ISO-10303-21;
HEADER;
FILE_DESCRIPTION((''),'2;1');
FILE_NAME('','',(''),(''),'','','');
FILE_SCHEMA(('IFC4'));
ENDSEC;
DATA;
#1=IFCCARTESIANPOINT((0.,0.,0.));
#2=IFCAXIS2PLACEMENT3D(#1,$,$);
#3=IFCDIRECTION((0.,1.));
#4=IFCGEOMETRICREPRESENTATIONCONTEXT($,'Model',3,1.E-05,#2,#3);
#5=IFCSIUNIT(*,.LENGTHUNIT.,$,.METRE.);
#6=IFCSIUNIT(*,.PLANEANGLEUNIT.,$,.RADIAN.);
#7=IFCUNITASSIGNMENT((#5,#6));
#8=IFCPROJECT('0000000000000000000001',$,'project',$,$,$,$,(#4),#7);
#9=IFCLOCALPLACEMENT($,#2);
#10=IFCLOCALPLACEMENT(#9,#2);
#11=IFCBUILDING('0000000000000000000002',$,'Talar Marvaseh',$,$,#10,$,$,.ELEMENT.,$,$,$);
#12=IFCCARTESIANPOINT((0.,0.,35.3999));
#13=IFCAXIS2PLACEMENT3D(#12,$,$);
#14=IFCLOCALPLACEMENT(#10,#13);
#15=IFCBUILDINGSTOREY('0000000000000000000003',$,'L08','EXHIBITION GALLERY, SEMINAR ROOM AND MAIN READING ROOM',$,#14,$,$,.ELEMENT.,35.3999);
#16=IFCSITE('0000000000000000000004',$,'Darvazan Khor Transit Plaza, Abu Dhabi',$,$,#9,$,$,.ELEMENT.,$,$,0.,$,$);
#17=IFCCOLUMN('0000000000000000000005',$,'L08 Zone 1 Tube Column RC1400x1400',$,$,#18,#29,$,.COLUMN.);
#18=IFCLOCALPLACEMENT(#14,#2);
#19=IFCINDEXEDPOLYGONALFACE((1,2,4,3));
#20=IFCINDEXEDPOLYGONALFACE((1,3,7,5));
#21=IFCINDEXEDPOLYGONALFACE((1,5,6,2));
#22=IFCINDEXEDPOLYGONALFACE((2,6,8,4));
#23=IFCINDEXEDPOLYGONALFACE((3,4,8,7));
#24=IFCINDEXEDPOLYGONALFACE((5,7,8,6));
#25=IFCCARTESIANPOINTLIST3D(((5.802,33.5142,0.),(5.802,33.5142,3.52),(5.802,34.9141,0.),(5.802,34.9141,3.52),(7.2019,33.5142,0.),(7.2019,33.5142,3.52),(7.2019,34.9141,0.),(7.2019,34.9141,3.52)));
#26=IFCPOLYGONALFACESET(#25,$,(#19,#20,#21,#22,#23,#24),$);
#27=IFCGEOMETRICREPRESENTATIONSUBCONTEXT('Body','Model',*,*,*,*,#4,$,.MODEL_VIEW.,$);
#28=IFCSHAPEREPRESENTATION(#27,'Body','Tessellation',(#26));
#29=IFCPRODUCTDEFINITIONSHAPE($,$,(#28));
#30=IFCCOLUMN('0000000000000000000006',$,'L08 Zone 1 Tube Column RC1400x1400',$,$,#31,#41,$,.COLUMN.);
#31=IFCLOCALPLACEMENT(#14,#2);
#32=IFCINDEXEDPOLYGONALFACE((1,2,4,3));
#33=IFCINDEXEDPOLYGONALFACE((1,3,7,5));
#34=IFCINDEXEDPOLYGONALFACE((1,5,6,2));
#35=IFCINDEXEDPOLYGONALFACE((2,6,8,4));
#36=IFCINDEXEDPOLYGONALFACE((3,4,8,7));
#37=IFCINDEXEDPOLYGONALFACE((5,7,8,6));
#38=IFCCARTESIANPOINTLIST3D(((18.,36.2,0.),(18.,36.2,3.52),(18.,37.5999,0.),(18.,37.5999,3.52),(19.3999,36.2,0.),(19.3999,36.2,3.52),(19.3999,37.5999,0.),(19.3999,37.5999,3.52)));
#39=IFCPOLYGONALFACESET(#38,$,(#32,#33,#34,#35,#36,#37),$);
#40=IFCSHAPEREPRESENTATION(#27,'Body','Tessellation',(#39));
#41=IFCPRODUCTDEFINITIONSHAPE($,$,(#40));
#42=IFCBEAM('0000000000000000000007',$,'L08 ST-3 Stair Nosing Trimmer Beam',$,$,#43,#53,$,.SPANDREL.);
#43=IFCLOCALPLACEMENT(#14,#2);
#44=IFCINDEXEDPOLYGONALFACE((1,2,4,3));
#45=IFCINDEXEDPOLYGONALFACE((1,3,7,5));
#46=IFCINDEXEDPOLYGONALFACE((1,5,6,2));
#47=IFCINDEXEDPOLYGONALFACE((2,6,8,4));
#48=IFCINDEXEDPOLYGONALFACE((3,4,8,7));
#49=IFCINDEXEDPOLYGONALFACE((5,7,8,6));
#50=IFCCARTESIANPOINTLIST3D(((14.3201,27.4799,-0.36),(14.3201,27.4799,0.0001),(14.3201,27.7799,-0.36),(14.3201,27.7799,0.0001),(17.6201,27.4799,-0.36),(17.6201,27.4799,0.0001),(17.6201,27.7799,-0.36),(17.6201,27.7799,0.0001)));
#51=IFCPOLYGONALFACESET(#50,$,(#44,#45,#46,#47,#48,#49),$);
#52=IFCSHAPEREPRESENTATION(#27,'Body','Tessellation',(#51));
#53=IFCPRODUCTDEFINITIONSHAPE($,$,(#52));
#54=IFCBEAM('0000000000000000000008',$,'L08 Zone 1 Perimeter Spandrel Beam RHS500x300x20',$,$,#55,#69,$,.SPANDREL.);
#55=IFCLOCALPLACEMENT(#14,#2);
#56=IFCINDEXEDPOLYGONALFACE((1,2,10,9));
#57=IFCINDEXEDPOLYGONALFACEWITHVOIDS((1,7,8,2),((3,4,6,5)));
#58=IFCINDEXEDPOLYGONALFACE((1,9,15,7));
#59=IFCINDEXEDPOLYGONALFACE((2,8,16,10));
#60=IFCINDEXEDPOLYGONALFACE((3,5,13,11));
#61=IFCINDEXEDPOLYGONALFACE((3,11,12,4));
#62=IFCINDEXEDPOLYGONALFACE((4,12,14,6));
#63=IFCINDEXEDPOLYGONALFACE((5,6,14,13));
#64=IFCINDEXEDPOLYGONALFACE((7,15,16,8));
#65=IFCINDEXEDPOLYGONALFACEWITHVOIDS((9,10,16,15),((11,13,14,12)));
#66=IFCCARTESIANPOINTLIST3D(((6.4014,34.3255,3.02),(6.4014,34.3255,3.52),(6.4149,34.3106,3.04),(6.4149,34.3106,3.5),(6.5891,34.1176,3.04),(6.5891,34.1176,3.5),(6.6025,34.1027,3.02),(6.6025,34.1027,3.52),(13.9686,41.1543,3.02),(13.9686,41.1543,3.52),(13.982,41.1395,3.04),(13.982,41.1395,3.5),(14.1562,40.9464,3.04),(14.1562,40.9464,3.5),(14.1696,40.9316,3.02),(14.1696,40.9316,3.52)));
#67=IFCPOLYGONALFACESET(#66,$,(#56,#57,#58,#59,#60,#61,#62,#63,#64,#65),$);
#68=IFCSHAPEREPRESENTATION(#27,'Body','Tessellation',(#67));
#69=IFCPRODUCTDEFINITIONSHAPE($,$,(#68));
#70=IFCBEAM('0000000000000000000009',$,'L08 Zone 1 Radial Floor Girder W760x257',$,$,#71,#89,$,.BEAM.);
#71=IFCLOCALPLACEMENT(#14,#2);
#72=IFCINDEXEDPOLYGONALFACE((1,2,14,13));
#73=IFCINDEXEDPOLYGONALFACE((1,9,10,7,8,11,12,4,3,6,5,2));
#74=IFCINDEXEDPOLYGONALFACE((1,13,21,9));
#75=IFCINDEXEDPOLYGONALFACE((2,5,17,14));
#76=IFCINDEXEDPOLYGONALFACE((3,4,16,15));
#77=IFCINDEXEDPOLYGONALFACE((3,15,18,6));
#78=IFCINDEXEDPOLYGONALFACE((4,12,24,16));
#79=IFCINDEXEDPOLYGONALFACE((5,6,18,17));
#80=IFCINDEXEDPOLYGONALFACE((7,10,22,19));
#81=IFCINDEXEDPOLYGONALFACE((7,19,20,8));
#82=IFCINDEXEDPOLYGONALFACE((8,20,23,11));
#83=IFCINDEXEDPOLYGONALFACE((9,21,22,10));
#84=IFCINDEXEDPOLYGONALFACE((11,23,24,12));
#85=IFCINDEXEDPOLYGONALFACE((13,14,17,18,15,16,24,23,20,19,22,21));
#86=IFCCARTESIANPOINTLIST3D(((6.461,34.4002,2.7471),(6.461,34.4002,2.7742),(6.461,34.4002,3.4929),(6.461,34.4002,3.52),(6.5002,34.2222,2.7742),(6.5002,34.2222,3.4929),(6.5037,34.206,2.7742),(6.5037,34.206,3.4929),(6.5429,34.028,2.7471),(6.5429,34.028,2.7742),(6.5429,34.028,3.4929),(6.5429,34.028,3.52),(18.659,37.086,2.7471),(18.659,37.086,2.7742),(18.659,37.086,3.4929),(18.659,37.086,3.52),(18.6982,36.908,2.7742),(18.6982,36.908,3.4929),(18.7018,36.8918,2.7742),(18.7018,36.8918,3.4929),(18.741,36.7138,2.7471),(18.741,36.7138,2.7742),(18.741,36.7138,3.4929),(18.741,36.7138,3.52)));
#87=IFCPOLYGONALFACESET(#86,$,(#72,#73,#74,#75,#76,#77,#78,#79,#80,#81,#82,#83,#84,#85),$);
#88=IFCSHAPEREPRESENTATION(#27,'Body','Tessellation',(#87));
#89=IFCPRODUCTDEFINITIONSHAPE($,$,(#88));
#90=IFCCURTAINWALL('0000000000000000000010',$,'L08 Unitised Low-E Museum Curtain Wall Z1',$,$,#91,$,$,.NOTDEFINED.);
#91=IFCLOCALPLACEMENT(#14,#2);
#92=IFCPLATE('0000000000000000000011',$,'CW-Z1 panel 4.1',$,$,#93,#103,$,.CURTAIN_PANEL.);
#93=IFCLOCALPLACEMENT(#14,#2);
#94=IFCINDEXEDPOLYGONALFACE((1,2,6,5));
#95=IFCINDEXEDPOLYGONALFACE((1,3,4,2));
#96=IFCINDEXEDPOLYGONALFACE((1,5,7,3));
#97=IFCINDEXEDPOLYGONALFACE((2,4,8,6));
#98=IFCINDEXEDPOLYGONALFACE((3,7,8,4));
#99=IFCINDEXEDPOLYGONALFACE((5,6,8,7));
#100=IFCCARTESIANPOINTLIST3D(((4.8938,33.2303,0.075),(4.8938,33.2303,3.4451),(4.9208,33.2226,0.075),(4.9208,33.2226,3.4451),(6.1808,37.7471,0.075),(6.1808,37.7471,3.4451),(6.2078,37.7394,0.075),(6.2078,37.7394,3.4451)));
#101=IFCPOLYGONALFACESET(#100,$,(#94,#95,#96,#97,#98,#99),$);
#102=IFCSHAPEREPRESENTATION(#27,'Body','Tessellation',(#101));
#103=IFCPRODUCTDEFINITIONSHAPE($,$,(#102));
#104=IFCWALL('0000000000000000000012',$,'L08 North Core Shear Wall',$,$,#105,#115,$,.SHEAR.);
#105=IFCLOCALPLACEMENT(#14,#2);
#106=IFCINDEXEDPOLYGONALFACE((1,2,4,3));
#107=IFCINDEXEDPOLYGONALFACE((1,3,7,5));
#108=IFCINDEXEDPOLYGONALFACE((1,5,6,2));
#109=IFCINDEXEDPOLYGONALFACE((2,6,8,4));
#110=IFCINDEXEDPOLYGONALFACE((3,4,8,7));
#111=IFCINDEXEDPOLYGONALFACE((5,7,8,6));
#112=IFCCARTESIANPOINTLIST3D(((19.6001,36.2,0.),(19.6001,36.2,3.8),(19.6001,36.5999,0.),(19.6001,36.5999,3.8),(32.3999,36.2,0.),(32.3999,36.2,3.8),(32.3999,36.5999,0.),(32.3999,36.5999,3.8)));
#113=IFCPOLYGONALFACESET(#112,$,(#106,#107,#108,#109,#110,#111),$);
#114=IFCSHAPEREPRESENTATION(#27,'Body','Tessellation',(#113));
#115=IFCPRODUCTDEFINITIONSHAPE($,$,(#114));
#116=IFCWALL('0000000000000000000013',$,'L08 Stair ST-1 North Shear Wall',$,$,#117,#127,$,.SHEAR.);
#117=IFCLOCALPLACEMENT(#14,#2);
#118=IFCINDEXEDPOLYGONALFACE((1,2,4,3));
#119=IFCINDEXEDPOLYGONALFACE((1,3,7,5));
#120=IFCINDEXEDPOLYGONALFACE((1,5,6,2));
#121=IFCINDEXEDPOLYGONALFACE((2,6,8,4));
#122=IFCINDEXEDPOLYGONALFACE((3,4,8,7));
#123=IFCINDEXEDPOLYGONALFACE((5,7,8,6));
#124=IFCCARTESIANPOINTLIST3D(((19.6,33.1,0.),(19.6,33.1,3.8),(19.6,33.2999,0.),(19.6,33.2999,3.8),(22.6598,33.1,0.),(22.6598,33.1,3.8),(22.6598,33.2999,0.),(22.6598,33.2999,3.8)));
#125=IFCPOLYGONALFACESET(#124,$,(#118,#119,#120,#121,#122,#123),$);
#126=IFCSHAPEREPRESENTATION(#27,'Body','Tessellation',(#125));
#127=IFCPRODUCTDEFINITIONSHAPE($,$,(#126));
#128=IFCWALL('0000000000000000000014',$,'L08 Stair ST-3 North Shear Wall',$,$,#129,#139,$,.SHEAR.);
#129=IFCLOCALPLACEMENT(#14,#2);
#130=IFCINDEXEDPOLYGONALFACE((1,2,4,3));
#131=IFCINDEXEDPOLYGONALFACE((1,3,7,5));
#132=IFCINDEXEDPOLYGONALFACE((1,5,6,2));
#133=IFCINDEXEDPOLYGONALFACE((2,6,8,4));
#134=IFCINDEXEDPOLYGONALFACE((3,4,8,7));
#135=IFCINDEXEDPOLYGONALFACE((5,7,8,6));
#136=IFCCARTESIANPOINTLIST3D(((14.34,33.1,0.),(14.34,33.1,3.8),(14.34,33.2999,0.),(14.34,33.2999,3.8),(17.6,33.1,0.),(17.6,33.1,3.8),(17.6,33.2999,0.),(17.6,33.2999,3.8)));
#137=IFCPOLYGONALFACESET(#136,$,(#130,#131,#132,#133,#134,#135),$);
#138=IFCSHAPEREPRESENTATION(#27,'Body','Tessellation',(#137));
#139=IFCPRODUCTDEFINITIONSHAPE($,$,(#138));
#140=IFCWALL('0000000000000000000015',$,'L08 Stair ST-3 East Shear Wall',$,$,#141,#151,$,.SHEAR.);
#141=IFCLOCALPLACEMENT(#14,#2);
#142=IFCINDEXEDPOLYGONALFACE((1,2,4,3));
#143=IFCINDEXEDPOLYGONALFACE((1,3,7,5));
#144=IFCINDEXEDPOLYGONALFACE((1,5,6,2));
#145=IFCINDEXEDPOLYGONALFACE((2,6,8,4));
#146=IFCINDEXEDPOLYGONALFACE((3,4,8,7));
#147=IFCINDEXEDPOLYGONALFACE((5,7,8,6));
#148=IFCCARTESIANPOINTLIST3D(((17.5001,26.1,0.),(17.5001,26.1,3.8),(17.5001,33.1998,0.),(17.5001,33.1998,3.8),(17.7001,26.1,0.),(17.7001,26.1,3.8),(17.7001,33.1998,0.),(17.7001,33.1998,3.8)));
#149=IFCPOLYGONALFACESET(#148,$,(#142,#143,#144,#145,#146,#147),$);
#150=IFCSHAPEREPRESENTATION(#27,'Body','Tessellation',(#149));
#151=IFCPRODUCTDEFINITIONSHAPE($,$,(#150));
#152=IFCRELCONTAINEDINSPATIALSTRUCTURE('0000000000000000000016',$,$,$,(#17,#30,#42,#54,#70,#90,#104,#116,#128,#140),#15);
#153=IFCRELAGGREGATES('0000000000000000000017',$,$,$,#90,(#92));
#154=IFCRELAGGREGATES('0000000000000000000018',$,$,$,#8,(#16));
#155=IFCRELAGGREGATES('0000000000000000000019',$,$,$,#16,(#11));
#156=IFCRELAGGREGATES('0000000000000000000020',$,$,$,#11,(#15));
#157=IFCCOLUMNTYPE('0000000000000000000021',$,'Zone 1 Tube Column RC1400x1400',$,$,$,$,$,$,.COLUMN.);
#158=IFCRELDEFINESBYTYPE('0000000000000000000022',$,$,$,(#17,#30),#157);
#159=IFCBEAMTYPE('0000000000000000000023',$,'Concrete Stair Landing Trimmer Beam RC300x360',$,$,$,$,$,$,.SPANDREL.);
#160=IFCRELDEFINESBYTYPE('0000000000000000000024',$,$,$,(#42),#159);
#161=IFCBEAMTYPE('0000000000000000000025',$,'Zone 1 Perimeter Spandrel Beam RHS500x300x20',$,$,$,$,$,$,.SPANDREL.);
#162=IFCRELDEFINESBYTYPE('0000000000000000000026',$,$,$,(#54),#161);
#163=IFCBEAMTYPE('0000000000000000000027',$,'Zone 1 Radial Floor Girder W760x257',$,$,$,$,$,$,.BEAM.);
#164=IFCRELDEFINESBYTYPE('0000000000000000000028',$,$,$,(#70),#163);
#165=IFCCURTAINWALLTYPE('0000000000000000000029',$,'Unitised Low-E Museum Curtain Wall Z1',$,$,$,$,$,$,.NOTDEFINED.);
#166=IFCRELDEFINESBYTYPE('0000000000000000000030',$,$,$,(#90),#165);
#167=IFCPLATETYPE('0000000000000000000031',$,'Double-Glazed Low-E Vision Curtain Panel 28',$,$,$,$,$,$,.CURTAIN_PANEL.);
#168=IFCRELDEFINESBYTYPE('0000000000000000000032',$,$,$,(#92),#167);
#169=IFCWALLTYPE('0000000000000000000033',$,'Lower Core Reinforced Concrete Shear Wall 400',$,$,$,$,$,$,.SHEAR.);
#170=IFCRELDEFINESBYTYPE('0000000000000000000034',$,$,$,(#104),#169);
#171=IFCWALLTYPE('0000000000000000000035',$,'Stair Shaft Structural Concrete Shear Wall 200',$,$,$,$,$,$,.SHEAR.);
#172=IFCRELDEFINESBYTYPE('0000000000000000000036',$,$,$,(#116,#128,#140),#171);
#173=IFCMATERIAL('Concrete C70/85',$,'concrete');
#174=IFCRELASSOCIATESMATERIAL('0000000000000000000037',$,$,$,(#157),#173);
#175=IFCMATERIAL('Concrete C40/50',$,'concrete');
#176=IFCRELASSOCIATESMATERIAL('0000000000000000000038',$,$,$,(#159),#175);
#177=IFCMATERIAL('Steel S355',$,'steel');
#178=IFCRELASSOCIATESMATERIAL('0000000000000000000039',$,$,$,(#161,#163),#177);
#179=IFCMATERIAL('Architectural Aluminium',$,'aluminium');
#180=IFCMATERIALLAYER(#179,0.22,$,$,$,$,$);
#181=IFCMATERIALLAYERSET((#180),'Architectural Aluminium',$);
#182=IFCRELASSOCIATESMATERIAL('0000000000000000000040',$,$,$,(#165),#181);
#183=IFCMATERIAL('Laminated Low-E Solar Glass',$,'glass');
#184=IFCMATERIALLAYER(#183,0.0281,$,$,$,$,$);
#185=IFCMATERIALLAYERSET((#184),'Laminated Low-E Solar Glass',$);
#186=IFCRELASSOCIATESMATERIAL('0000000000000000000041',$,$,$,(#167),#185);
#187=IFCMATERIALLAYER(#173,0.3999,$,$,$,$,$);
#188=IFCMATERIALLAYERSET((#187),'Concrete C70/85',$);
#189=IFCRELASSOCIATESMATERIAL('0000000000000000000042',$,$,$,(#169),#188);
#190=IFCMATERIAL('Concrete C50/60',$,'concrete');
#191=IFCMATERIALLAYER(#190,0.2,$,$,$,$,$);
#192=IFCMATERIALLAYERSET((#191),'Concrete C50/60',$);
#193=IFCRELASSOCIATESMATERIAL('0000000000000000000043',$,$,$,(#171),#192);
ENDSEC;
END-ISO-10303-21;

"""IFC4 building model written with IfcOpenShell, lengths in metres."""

from ifc_helpers import new_model, si_unit, direction, frame, frame_2d, origin, origin_2d, place, context, subcontext, project, spatial, rectangle, hollow_rectangle, i_section, extrude, source, transform, mapped, material, layer, layer_set, material_profile, profile_set, type_object, type_shapes, element, aggregate, save


model = new_model("IFC4")

# Units and contexts
model_context = context("Model", 3, precision=1e-05, world=origin(), true_north=direction((0.0, 1.0)))
body_context = subcontext(model_context, "Body", "Model", "MODEL_VIEW")
ifc_project = project(units=[si_unit("LENGTHUNIT", "METRE"), si_unit("PLANEANGLEUNIT", "RADIAN")], contexts=[model_context])

# Site, building, storey
site_placement = place(None, origin())
site = spatial("IfcSite", under=ifc_project, at=site_placement, Name="Darvazan Khor Transit Plaza, Abu Dhabi", CompositionType="ELEMENT", RefElevation=0.0)
building_placement = place(site_placement, origin())
building = spatial("IfcBuilding", under=site, at=building_placement, Name="Talar Marvaseh", CompositionType="ELEMENT")
storey_placement = place(building_placement, frame((0.0, 0.0, 35.3999)))
storey = spatial("IfcBuildingStorey", under=building, at=storey_placement, Name="L08", Description="EXHIBITION GALLERY, SEMINAR ROOM AND MAIN READING ROOM", CompositionType="ELEMENT", Elevation=35.3999)

# Columns
ifc_material_1 = material(Name="Concrete C70/85", Category="concrete")
ifc_material_profile_1 = material_profile(ifc_material_1, rectangle(XDim=1.3999, YDim=1.3999, at=origin_2d()), Name="RC1400x1400")
ifc_profile_set_1 = profile_set([ifc_material_profile_1], Name="Concrete C70/85")
column_type = type_object("IfcColumnType", Name="Zone 1 Tube Column RC1400x1400", PredefinedType="COLUMN", material=ifc_profile_set_1)
for number, where, z_axis, x_axis, name in (
    (1, (6.502, 34.2141, 0.0), (0.0, 0.0, 1.0), (1.0, 0.0, 0.0), "L08 Zone 1 Tube Column RC1400x1400"),
    (2, (18.7, 36.8999, 0.0), (0.0, 0.0, 1.0), (1.0, 0.0, 0.0), "L08 Zone 1 Tube Column RC1400x1400"),
):
    element("IfcColumn", number, at=place(storey_placement, frame(where, z_axis=z_axis, x_axis=x_axis)), inside=storey, type_object=column_type, Name=name, PredefinedType="COLUMN", context=body_context, shape_type="SweptSolid", body=[
        extrude(rectangle(XDim=1.3999, YDim=1.3999, at=origin_2d()), origin(), (0.0, 0.0, 1.0), 3.52),
    ])

# Beams
ifc_material_2 = material(Name="Concrete C40/50", Category="concrete")
ifc_material_profile_2 = material_profile(ifc_material_2, rectangle(XDim=0.3, YDim=0.3601, at=origin_2d()), Name="RC300x360")
ifc_profile_set_2 = profile_set([ifc_material_profile_2], Name="Concrete C40/50")
beam_type_1 = type_object("IfcBeamType", Name="Concrete Stair Landing Trimmer Beam RC300x360", PredefinedType="SPANDREL", material=ifc_profile_set_2)
beam_1_placement = place(storey_placement, frame((17.6201, 27.6299, -0.1799), z_axis=(-1.0, 0.0, 0.0), x_axis=(0.0, -1.0, 0.0)))
element("IfcBeam", 3, at=beam_1_placement, inside=storey, type_object=beam_type_1, Name="L08 ST-3 Stair Nosing Trimmer Beam", PredefinedType="SPANDREL", context=body_context, shape_type="SweptSolid", body=[
    extrude(rectangle(XDim=0.3, YDim=0.3601, at=origin_2d()), origin(), (0.0, 0.0, 1.0), 3.3),
])
ifc_material_3 = material(Name="Steel S355", Category="steel")
ifc_material_profile_3 = material_profile(ifc_material_3, hollow_rectangle(XDim=0.3, YDim=0.5, WallThickness=0.02, at=origin_2d()), Name="RHS500x300x20")
ifc_profile_set_3 = profile_set([ifc_material_profile_3], Name="Steel S355")
beam_type_2 = type_object("IfcBeamType", Name="Zone 1 Perimeter Spandrel Beam RHS500x300x20", PredefinedType="SPANDREL", material=ifc_profile_set_3)
beam_2_placement = place(storey_placement, frame((6.502, 34.2141, 3.27), z_axis=(0.742394, 0.669963, 0.0), x_axis=(-0.669963, 0.742394, 0.0)))
element("IfcBeam", 4, at=beam_2_placement, inside=storey, type_object=beam_type_2, Name="L08 Zone 1 Perimeter Spandrel Beam RHS500x300x20", PredefinedType="SPANDREL", context=body_context, shape_type="SweptSolid", body=[
    extrude(hollow_rectangle(XDim=0.3, YDim=0.5, WallThickness=0.02, at=origin_2d()), origin(), (0.0, 0.0, 1.0), 10.1929),
])
ifc_material_profile_4 = material_profile(ifc_material_3, i_section(OverallWidth=0.3811, OverallDepth=0.7729, WebThickness=0.0166, FlangeThickness=0.0271, at=origin_2d()), Name="W760x257")
ifc_profile_set_4 = profile_set([ifc_material_profile_4], Name="Steel S355")
beam_type_3 = type_object("IfcBeamType", Name="Zone 1 Radial Floor Girder W760x257", PredefinedType="BEAM", material=ifc_profile_set_4)
beam_3_placement = place(storey_placement, frame((6.502, 34.2141, 3.1335), z_axis=(0.976607, 0.215032, 0.0), x_axis=(-0.215032, 0.976607, 0.0)))
element("IfcBeam", 5, at=beam_3_placement, inside=storey, type_object=beam_type_3, Name="L08 Zone 1 Radial Floor Girder W760x257", PredefinedType="BEAM", context=body_context, shape_type="SweptSolid", body=[
    extrude(i_section(OverallWidth=0.3811, OverallDepth=0.7729, WebThickness=0.0166, FlangeThickness=0.0271, at=origin_2d()), origin(), (0.0, 0.0, 1.0), 12.4902),
])

# Curtain wall, plate
ifc_material_4 = material(Name="Architectural Aluminium", Category="aluminium")
ifc_layer_1 = layer(ifc_material_4, 0.22)
ifc_layer_set_1 = layer_set([ifc_layer_1], Name="Architectural Aluminium")
curtain_wall_type = type_object("IfcCurtainWallType", Name="Unitised Low-E Museum Curtain Wall Z1", PredefinedType="NOTDEFINED", material=ifc_layer_set_1)
curtain_wall_placement = place(storey_placement, origin())
curtain_wall = element("IfcCurtainWall", 6, at=curtain_wall_placement, inside=storey, type_object=curtain_wall_type, Name="L08 Unitised Low-E Museum Curtain Wall Z1", PredefinedType="NOTDEFINED")
ifc_material_5 = material(Name="Laminated Low-E Solar Glass", Category="glass")
ifc_layer_2 = layer(ifc_material_5, 0.0281)
ifc_layer_set_2 = layer_set([ifc_layer_2], Name="Laminated Low-E Solar Glass")
plate_type = type_object("IfcPlateType", Name="Double-Glazed Low-E Vision Curtain Panel 28", PredefinedType="CURTAIN_PANEL", material=ifc_layer_set_2)
shared_shape_1 = source(origin(), body_context, "Body", "SweptSolid", [
    extrude(rectangle(XDim=4.6965, YDim=0.0281, at=origin_2d()), origin(), (0.0, 0.0, 1.0), 3.3701),
])
type_shapes(plate_type, [shared_shape_1])
plate_placement = place(storey_placement, frame((5.5508, 35.4849, 0.075), z_axis=(0.0, 0.0, 1.0), x_axis=(0.274025, 0.961722, 0.0)))
plate = element("IfcPlate", 7, at=plate_placement, type_object=plate_type, Name="CW-Z1 panel 4.1", PredefinedType="CURTAIN_PANEL", context=body_context, shape_type="MappedRepresentation", body=[
    mapped(shared_shape_1, transform((0.0, 0.0, 0.0), x_axis=(1.0, 0.0, 0.0), y_axis=(0.0, 1.0, 0.0), z_axis=(0.0, 0.0, 1.0), scale=1.0)),
])
aggregate(curtain_wall, [plate])

# Walls
ifc_layer_3 = layer(ifc_material_1, 0.3999)
ifc_layer_set_3 = layer_set([ifc_layer_3], Name="Concrete C70/85")
wall_type_1 = type_object("IfcWallType", Name="Lower Core Reinforced Concrete Shear Wall 400", PredefinedType="SHEAR", material=ifc_layer_set_3)
wall_1_placement = place(storey_placement, frame((19.6001, 36.3999, 0.0), z_axis=(0.0, 0.0, 1.0), x_axis=(1.0, 0.0, 0.0)))
element("IfcWall", 8, at=wall_1_placement, inside=storey, type_object=wall_type_1, Name="L08 North Core Shear Wall", PredefinedType="SHEAR", context=body_context, shape_type="SweptSolid", body=[
    extrude(rectangle(XDim=12.7998, YDim=0.3999, at=frame_2d((6.3999, 0.0))), origin(), (0.0, 0.0, 1.0), 3.8),
])
ifc_material_6 = material(Name="Concrete C50/60", Category="concrete")
ifc_layer_4 = layer(ifc_material_6, 0.2)
ifc_layer_set_4 = layer_set([ifc_layer_4], Name="Concrete C50/60")
wall_type_2 = type_object("IfcWallType", Name="Stair Shaft Structural Concrete Shear Wall 200", PredefinedType="SHEAR", material=ifc_layer_set_4)
wall_2_placement = place(storey_placement, frame((19.6001, 33.2, 0.0), z_axis=(0.0, 0.0, 1.0), x_axis=(1.0, 0.0, 0.0)))
element("IfcWall", 9, at=wall_2_placement, inside=storey, type_object=wall_type_2, Name="L08 Stair ST-1 North Shear Wall", PredefinedType="SHEAR", context=body_context, shape_type="SweptSolid", body=[
    extrude(rectangle(XDim=3.0598, YDim=0.2, at=frame_2d((1.5298, 0.0))), origin(), (0.0, 0.0, 1.0), 3.8),
])
wall_3_placement = place(storey_placement, frame((14.3401, 33.2, 0.0), z_axis=(0.0, 0.0, 1.0), x_axis=(1.0, 0.0, 0.0)))
element("IfcWall", 10, at=wall_3_placement, inside=storey, type_object=wall_type_2, Name="L08 Stair ST-3 North Shear Wall", PredefinedType="SHEAR", context=body_context, shape_type="SweptSolid", body=[
    extrude(rectangle(XDim=3.26, YDim=0.2, at=frame_2d((1.6299, 0.0))), origin(), (0.0, 0.0, 1.0), 3.8),
])
wall_4_placement = place(storey_placement, frame((17.6001, 26.1001, 0.0), z_axis=(0.0, 0.0, 1.0), x_axis=(0.0, 1.0, 0.0)))
element("IfcWall", 11, at=wall_4_placement, inside=storey, type_object=wall_type_2, Name="L08 Stair ST-3 East Shear Wall", PredefinedType="SHEAR", context=body_context, shape_type="SweptSolid", body=[
    extrude(rectangle(XDim=7.0999, YDim=0.2, at=frame_2d((3.5498, 0.0))), origin(), (0.0, 0.0, 1.0), 3.8),
])

save(model, "model.ifc")
